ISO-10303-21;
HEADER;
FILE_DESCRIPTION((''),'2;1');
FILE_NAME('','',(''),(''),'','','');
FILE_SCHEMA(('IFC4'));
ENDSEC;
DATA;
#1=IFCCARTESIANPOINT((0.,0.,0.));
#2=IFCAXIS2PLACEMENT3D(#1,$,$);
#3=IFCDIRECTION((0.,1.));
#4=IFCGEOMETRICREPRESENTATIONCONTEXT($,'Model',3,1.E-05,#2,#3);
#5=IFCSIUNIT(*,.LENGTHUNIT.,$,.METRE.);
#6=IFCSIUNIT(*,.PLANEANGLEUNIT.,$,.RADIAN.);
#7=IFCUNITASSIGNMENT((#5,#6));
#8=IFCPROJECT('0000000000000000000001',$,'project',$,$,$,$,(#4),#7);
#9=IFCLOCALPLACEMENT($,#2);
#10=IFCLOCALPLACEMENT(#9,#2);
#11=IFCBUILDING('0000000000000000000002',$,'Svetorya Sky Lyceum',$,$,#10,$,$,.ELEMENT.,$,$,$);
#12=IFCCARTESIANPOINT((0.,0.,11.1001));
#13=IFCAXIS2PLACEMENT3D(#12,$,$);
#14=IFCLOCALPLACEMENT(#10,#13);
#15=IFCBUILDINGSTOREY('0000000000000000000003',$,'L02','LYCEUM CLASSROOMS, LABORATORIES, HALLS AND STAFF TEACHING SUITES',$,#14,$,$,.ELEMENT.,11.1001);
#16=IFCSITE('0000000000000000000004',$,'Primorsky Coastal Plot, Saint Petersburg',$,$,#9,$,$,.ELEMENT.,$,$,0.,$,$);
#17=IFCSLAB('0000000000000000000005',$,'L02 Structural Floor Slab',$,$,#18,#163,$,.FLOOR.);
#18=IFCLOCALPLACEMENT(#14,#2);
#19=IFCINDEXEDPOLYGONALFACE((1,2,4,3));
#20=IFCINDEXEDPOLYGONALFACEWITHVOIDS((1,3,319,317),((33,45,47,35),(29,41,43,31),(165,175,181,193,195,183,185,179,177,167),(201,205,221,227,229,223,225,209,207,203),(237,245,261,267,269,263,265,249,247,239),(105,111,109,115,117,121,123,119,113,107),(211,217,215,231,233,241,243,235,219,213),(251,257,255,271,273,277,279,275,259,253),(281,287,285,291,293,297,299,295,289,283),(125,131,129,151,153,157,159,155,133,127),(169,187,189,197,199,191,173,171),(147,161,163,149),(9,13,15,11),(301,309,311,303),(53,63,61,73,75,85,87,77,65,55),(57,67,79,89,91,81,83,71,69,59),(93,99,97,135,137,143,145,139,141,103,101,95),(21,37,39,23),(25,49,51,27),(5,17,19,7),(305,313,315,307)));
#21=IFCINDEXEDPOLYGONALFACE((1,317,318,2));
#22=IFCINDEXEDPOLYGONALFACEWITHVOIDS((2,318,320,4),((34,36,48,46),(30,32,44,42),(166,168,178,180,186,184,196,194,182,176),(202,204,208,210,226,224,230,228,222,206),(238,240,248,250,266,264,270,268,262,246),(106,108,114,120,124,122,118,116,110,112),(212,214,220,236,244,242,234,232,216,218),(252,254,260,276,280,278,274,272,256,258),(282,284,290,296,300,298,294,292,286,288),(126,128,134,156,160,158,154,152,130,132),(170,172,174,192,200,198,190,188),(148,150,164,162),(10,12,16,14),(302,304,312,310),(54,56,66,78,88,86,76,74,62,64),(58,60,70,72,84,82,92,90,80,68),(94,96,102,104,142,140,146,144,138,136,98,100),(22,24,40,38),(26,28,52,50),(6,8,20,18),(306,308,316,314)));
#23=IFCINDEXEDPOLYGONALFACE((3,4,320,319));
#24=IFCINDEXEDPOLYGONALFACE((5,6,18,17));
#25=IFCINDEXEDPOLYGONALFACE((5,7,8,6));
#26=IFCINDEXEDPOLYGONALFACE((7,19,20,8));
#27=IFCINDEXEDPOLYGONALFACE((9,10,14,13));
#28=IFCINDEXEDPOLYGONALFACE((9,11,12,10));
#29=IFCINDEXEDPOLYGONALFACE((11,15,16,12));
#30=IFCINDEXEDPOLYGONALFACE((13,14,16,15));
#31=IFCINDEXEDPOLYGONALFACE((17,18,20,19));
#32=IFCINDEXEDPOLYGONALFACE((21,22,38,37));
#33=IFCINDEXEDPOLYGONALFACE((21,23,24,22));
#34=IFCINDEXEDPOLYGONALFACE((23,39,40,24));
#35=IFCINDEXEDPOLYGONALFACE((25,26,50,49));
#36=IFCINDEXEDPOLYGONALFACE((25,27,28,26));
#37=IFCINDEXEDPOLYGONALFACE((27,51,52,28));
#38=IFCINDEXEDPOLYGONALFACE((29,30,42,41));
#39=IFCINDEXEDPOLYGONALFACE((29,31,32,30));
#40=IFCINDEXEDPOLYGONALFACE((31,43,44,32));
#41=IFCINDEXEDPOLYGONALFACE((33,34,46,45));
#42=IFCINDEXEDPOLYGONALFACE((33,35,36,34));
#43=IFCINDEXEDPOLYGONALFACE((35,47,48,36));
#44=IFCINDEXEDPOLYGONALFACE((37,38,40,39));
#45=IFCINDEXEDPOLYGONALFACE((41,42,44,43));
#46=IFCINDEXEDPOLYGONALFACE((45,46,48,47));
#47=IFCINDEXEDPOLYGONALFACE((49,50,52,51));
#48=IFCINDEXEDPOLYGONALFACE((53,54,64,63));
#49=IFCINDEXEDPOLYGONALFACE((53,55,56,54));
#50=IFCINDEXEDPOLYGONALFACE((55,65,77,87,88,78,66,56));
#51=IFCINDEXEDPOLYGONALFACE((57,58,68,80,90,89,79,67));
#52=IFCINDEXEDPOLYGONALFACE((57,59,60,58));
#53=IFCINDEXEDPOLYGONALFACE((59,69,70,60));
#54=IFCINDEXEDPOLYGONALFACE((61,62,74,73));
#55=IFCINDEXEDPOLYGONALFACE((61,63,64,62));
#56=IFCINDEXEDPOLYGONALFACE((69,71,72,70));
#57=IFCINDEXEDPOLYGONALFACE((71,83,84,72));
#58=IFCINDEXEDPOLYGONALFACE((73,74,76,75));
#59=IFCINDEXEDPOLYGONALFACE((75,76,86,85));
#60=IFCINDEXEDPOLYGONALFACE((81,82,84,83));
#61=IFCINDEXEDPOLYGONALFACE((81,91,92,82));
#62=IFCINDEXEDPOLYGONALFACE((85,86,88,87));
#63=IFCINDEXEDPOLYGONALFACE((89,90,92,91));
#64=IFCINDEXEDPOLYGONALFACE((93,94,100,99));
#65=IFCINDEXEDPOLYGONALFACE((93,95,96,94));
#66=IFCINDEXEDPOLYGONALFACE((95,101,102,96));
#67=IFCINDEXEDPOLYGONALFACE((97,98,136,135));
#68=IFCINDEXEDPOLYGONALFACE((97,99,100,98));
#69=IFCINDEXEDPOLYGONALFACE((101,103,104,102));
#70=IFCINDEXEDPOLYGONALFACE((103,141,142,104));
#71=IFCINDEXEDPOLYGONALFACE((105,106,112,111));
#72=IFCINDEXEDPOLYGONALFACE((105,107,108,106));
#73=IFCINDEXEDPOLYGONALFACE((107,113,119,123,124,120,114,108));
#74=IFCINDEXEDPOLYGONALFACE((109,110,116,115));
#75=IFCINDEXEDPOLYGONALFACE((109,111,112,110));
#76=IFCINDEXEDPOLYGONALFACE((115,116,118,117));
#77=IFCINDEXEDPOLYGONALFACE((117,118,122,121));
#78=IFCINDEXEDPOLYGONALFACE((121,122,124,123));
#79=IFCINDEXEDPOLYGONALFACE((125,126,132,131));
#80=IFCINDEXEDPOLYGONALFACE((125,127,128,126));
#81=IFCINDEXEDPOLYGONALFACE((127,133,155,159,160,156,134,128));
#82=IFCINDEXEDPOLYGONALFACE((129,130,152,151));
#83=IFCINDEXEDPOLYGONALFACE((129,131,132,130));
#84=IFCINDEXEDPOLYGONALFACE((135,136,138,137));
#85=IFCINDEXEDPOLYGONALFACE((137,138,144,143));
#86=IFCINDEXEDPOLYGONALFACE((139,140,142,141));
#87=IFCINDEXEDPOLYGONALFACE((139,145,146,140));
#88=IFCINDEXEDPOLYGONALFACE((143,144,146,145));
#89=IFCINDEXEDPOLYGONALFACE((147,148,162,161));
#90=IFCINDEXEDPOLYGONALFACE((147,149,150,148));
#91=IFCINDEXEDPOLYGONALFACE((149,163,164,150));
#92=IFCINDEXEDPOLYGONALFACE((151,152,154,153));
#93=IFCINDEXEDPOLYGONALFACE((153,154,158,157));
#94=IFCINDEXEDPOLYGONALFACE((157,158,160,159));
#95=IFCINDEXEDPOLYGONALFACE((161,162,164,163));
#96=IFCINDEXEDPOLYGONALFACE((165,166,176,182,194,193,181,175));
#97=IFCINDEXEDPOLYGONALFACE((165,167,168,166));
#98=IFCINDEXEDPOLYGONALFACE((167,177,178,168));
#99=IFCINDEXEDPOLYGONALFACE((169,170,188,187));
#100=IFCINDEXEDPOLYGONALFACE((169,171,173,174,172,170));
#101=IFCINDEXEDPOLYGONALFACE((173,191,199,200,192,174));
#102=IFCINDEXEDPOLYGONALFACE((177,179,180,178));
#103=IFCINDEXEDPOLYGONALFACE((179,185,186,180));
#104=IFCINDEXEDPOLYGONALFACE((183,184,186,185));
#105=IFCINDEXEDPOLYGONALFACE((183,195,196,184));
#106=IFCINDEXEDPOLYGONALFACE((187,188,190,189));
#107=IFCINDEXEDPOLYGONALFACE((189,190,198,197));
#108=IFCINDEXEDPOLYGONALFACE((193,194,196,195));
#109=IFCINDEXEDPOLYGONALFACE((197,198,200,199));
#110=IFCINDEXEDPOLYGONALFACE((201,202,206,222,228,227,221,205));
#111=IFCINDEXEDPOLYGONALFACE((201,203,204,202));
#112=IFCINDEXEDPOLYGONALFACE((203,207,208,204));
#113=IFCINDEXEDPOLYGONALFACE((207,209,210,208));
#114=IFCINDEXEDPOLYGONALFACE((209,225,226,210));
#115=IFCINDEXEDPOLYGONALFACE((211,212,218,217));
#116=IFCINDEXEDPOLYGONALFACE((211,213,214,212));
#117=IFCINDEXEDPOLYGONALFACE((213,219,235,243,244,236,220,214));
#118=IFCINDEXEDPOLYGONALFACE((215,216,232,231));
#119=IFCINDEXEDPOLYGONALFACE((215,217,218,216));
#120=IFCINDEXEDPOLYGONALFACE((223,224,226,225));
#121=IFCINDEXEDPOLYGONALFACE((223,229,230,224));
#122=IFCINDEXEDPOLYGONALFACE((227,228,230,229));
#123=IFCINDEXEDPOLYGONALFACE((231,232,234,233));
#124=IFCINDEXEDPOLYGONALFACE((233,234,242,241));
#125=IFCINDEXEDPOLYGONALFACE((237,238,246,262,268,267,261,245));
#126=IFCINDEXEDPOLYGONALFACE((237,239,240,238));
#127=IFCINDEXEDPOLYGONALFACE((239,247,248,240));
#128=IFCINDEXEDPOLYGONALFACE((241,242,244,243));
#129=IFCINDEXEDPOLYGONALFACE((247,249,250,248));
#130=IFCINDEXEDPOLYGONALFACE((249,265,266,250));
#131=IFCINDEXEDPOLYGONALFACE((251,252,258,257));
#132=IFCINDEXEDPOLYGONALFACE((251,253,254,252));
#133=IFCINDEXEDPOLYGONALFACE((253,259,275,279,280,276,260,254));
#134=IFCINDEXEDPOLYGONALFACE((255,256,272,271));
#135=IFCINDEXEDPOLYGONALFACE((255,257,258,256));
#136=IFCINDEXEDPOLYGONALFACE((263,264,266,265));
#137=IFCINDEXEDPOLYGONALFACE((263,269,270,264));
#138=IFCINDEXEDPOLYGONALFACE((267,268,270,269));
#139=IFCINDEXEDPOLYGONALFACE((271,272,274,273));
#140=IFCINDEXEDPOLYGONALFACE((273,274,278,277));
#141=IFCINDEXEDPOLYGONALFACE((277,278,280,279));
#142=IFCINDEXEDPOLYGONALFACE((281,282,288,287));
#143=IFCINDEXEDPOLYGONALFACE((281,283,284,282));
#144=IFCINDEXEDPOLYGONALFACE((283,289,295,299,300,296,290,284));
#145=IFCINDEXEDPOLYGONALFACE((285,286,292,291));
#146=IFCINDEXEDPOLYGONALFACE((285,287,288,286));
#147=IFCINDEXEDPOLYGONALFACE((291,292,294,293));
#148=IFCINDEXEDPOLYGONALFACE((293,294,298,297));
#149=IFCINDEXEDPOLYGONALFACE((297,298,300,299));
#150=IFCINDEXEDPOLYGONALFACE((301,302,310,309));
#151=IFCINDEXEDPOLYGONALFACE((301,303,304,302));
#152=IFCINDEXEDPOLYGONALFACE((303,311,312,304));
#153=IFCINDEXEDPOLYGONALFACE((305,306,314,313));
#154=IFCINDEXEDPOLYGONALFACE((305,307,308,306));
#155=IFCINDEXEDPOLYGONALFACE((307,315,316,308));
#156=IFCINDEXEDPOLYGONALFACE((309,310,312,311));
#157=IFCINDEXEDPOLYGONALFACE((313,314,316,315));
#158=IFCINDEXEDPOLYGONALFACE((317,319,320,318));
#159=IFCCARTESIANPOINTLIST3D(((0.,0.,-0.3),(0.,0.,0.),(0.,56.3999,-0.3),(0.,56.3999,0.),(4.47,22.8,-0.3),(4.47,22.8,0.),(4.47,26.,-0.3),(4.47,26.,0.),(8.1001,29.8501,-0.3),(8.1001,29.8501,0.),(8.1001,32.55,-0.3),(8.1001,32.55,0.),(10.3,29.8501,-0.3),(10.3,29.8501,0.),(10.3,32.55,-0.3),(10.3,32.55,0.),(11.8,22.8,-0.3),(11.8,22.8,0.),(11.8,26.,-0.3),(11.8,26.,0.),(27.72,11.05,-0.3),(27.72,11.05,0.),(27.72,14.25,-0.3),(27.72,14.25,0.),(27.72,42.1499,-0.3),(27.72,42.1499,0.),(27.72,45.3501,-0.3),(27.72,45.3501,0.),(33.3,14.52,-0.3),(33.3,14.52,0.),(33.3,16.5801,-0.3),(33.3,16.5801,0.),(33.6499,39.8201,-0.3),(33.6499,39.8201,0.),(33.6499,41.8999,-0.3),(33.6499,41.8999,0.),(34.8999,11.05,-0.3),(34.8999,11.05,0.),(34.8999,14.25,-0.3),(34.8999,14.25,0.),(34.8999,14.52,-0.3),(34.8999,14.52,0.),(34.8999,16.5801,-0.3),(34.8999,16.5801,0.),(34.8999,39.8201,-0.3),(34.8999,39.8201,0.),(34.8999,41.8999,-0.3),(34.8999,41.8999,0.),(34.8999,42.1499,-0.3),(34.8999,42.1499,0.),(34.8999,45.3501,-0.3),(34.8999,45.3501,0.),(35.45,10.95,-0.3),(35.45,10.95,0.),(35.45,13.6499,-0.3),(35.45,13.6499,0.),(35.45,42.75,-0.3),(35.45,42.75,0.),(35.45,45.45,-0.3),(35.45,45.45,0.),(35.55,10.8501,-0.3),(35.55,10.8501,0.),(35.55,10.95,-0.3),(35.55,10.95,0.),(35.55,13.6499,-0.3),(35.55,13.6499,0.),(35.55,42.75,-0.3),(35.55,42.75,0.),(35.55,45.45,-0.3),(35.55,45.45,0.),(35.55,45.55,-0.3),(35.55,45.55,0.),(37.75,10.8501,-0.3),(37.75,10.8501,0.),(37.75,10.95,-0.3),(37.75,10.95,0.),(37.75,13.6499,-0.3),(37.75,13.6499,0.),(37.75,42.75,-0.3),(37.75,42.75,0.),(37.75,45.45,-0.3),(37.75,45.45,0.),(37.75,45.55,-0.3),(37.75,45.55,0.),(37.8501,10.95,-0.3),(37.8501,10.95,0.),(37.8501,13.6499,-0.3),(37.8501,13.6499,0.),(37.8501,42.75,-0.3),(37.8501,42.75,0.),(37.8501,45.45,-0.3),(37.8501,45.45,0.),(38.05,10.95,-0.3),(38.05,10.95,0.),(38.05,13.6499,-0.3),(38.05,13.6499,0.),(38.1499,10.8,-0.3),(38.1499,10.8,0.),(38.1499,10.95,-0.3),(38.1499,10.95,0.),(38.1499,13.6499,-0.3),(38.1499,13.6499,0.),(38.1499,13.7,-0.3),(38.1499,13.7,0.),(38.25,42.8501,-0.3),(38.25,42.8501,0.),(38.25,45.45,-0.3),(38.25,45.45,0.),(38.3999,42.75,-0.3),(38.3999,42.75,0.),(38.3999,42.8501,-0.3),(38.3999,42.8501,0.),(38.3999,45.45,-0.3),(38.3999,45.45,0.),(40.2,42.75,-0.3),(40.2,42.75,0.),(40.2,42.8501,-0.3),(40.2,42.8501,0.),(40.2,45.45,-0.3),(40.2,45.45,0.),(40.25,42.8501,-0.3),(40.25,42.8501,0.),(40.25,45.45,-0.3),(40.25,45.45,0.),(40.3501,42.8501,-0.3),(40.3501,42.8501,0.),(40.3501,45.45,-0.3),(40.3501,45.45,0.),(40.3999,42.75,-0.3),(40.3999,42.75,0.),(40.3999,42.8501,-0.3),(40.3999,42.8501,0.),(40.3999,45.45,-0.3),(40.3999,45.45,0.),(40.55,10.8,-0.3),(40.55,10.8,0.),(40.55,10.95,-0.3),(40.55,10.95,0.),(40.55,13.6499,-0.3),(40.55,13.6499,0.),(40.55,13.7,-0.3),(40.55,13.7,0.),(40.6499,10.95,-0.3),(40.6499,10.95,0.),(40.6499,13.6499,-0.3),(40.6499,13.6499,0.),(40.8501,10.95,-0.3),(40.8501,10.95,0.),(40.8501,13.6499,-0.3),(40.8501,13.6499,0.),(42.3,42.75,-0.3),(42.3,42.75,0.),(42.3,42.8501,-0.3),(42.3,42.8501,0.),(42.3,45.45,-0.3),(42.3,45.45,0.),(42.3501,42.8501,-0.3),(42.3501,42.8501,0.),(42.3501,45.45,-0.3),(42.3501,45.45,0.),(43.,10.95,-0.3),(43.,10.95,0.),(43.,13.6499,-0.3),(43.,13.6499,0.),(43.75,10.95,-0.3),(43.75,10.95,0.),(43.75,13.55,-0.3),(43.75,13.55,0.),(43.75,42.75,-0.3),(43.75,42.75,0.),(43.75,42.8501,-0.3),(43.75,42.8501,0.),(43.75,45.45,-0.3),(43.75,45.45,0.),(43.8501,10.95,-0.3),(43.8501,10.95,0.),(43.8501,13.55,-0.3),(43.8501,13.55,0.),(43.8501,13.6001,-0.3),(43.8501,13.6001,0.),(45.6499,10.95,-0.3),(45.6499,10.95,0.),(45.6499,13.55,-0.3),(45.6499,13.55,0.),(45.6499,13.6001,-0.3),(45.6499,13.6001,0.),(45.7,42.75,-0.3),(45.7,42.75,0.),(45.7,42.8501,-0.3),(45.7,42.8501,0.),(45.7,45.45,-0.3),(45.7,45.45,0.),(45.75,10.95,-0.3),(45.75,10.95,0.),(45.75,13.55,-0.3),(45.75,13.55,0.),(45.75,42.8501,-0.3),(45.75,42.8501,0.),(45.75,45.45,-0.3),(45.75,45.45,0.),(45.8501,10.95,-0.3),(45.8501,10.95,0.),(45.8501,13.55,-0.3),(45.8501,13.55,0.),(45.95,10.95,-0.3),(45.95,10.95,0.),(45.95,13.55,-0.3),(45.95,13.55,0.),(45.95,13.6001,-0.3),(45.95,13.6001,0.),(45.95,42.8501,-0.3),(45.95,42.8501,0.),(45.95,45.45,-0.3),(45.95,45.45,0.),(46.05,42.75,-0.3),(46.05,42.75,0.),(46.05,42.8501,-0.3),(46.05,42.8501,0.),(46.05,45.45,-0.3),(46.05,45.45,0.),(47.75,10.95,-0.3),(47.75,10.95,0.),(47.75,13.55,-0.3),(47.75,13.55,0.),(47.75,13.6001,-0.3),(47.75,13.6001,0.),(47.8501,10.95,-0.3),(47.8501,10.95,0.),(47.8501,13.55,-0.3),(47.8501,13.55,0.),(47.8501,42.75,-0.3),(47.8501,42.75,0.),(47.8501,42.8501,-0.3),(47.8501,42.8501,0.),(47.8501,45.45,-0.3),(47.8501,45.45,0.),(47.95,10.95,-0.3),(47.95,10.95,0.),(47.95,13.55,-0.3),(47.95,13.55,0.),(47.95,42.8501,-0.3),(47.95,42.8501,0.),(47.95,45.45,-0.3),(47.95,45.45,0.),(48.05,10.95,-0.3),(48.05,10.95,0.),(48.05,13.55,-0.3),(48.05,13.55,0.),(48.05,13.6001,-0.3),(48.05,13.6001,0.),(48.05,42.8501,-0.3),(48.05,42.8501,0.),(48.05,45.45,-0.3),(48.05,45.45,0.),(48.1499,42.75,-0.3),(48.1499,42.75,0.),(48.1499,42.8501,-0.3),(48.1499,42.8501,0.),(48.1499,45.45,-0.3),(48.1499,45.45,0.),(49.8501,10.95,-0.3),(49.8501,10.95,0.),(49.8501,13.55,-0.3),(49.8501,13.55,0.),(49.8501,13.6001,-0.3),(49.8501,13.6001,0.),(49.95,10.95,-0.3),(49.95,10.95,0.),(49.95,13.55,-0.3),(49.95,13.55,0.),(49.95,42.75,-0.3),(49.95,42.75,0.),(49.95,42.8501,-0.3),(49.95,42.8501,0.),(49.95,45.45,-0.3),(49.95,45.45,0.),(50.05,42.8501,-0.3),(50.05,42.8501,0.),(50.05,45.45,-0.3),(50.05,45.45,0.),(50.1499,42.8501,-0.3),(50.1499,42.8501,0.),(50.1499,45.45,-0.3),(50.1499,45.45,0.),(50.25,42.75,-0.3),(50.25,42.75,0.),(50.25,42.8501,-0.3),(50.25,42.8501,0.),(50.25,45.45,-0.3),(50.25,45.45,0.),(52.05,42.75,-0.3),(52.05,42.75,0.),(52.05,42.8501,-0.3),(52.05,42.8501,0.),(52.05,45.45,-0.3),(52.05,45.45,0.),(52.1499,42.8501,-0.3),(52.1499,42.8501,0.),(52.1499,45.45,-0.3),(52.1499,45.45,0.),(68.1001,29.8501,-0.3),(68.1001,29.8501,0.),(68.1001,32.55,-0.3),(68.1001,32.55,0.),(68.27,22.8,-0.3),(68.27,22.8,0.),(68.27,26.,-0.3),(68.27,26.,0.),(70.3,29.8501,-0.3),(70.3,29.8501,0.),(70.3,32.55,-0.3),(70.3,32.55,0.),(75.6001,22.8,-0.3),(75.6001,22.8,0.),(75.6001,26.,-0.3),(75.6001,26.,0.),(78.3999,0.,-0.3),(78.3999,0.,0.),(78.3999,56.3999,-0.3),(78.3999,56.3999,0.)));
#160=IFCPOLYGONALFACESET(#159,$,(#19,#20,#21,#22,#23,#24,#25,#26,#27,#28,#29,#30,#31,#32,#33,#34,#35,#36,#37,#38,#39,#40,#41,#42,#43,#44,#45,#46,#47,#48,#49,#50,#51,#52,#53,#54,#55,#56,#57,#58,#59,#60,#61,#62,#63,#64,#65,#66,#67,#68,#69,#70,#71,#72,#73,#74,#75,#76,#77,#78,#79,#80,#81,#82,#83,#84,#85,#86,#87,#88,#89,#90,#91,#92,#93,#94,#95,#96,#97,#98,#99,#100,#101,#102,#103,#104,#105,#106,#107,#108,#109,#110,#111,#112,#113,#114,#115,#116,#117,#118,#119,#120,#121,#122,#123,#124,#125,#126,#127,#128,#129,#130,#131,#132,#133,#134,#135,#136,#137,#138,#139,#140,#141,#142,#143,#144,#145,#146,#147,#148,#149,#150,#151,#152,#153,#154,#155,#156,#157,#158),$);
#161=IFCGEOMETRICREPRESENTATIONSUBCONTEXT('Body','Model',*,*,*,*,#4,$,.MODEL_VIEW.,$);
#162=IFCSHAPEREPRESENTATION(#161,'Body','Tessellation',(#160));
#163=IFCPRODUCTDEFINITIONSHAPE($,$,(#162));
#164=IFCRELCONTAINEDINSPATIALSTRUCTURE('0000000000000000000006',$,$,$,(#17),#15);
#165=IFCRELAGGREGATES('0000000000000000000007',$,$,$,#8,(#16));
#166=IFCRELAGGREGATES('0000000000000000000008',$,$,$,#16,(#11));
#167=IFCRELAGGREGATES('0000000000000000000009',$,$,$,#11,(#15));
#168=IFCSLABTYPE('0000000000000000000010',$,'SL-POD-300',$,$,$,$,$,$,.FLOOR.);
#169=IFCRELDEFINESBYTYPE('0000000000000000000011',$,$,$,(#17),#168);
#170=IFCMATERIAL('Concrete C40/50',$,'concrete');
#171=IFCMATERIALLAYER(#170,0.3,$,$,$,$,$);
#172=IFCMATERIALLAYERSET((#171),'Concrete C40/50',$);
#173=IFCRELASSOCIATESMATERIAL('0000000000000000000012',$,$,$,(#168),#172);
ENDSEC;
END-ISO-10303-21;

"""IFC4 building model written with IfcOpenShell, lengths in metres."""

from ifc_helpers import new_model, si_unit, direction, frame, origin, place, context, subcontext, project, spatial, polyline, outline, extrude, material, layer, layer_set, type_object, element, save


model = new_model("IFC4")

# Units and contexts
model_context = context("Model", 3, precision=1e-05, world=origin(), true_north=direction((0.0, 1.0)))
body_context = subcontext(model_context, "Body", "Model", "MODEL_VIEW")
ifc_project = project(units=[si_unit("LENGTHUNIT", "METRE"), si_unit("PLANEANGLEUNIT", "RADIAN")], contexts=[model_context])

# Site, building, storey
site_placement = place(None, origin())
site = spatial("IfcSite", under=ifc_project, at=site_placement, Name="Primorsky Coastal Plot, Saint Petersburg", CompositionType="ELEMENT", RefElevation=0.0)
building_placement = place(site_placement, origin())
building = spatial("IfcBuilding", under=site, at=building_placement, Name="Svetorya Sky Lyceum", CompositionType="ELEMENT")
storey_placement = place(building_placement, frame((0.0, 0.0, 11.1001)))
storey = spatial("IfcBuildingStorey", under=building, at=storey_placement, Name="L02", Description="LYCEUM CLASSROOMS, LABORATORIES, HALLS AND STAFF TEACHING SUITES", CompositionType="ELEMENT", Elevation=11.1001)

# Slab
ifc_material_1 = material(Name="Concrete C40/50", Category="concrete")
ifc_layer_1 = layer(ifc_material_1, 0.3)
ifc_layer_set_1 = layer_set([ifc_layer_1], Name="Concrete C40/50")
slab_type_1 = type_object("IfcSlabType", Name="SL-POD-300", PredefinedType="FLOOR", material=ifc_layer_set_1)
slab_1_placement = place(storey_placement, frame((0.0, 0.0, -0.3)))
element("IfcSlab", 1, at=slab_1_placement, inside=storey, type_object=slab_type_1, Name="L02 Structural Floor Slab", PredefinedType="FLOOR", context=body_context, shape_type="SweptSolid", body=[
    extrude(outline(polyline([(0.0, 0.0), (78.3999, 0.0), (78.3999, 56.3999), (0.0, 56.3999), (0.0, 0.0)]), holes=[polyline([(40.6499, 10.95), (40.55, 10.95), (40.55, 10.8), (38.1499, 10.8), (38.1499, 10.95), (38.05, 10.95), (38.05, 13.6499), (38.1499, 13.6499), (38.1499, 13.7), (40.55, 13.7), (40.55, 13.6499), (40.6499, 13.6499), (40.6499, 10.95)]), polyline([(35.55, 10.95), (35.45, 10.95), (35.45, 13.6499), (35.55, 13.6499), (37.75, 13.6499), (37.8501, 13.6499), (37.8501, 10.95), (37.75, 10.95), (37.75, 10.8501), (35.55, 10.8501), (35.55, 10.95)]), polyline([(40.8501, 13.6499), (43.0, 13.6499), (43.0, 10.95), (40.8501, 10.95), (40.8501, 13.6499)]), polyline([(27.72, 14.25), (34.8999, 14.25), (34.8999, 11.05), (27.72, 11.05), (27.72, 14.25)]), polyline([(33.3, 16.5801), (34.8999, 16.5801), (34.8999, 14.52), (33.3, 14.52), (33.3, 16.5801)]), polyline([(4.47, 26.0), (11.8, 26.0), (11.8, 22.8), (4.47, 22.8), (4.47, 26.0)]), polyline([(8.1001, 32.55), (10.3, 32.55), (10.3, 29.8501), (8.1001, 29.8501), (8.1001, 32.55)]), polyline([(33.6499, 41.8999), (34.8999, 41.8999), (34.8999, 39.8201), (33.6499, 39.8201), (33.6499, 41.8999)]), polyline([(27.72, 45.3501), (34.8999, 45.3501), (34.8999, 42.1499), (27.72, 42.1499), (27.72, 45.3501)]), polyline([(37.75, 45.45), (37.8501, 45.45), (37.8501, 42.75), (37.75, 42.75), (35.55, 42.75), (35.45, 42.75), (35.45, 45.45), (35.55, 45.45), (35.55, 45.55), (37.75, 45.55), (37.75, 45.45)]), polyline([(40.2, 42.8501), (40.2, 42.75), (38.3999, 42.75), (38.3999, 42.8501), (38.25, 42.8501), (38.25, 45.45), (38.3999, 45.45), (40.2, 45.45), (40.25, 45.45), (40.25, 42.8501), (40.2, 42.8501)]), polyline([(40.3999, 42.8501), (40.3501, 42.8501), (40.3501, 45.45), (40.3999, 45.45), (42.3, 45.45), (42.3501, 45.45), (42.3501, 42.8501), (42.3, 42.8501), (42.3, 42.75), (40.3999, 42.75), (40.3999, 42.8501)]), polyline([(43.8501, 10.95), (43.75, 10.95), (43.75, 13.55), (43.8501, 13.55), (43.8501, 13.6001), (45.6499, 13.6001), (45.6499, 13.55), (45.75, 13.55), (45.75, 10.95), (45.6499, 10.95), (43.8501, 10.95)]), polyline([(48.05, 10.95), (47.95, 10.95), (47.95, 13.55), (48.05, 13.55), (48.05, 13.6001), (49.8501, 13.6001), (49.8501, 13.55), (49.95, 13.55), (49.95, 10.95), (49.8501, 10.95), (48.05, 10.95)]), polyline([(45.95, 10.95), (45.8501, 10.95), (45.8501, 13.55), (45.95, 13.55), (45.95, 13.6001), (47.75, 13.6001), (47.75, 13.55), (47.8501, 13.55), (47.8501, 10.95), (47.75, 10.95), (45.95, 10.95)]), polyline([(75.6001, 26.0), (75.6001, 22.8), (68.27, 22.8), (68.27, 26.0), (75.6001, 26.0)]), polyline([(70.3, 32.55), (70.3, 29.8501), (68.1001, 29.8501), (68.1001, 32.55), (70.3, 32.55)]), polyline([(46.05, 42.8501), (45.95, 42.8501), (45.95, 45.45), (46.05, 45.45), (47.8501, 45.45), (47.95, 45.45), (47.95, 42.8501), (47.8501, 42.8501), (47.8501, 42.75), (46.05, 42.75), (46.05, 42.8501)]), polyline([(43.75, 42.8501), (43.75, 45.45), (45.7, 45.45), (45.75, 45.45), (45.75, 42.8501), (45.7, 42.8501), (45.7, 42.75), (43.75, 42.75), (43.75, 42.8501)]), polyline([(48.1499, 42.8501), (48.05, 42.8501), (48.05, 45.45), (48.1499, 45.45), (49.95, 45.45), (50.05, 45.45), (50.05, 42.8501), (49.95, 42.8501), (49.95, 42.75), (48.1499, 42.75), (48.1499, 42.8501)]), polyline([(52.05, 42.8501), (52.05, 42.75), (50.25, 42.75), (50.25, 42.8501), (50.1499, 42.8501), (50.1499, 45.45), (50.25, 45.45), (52.05, 45.45), (52.1499, 45.45), (52.1499, 42.8501), (52.05, 42.8501)])]), origin(), (0.0, 0.0, 1.0), 0.3),
])

save(model, "model.ifc")
